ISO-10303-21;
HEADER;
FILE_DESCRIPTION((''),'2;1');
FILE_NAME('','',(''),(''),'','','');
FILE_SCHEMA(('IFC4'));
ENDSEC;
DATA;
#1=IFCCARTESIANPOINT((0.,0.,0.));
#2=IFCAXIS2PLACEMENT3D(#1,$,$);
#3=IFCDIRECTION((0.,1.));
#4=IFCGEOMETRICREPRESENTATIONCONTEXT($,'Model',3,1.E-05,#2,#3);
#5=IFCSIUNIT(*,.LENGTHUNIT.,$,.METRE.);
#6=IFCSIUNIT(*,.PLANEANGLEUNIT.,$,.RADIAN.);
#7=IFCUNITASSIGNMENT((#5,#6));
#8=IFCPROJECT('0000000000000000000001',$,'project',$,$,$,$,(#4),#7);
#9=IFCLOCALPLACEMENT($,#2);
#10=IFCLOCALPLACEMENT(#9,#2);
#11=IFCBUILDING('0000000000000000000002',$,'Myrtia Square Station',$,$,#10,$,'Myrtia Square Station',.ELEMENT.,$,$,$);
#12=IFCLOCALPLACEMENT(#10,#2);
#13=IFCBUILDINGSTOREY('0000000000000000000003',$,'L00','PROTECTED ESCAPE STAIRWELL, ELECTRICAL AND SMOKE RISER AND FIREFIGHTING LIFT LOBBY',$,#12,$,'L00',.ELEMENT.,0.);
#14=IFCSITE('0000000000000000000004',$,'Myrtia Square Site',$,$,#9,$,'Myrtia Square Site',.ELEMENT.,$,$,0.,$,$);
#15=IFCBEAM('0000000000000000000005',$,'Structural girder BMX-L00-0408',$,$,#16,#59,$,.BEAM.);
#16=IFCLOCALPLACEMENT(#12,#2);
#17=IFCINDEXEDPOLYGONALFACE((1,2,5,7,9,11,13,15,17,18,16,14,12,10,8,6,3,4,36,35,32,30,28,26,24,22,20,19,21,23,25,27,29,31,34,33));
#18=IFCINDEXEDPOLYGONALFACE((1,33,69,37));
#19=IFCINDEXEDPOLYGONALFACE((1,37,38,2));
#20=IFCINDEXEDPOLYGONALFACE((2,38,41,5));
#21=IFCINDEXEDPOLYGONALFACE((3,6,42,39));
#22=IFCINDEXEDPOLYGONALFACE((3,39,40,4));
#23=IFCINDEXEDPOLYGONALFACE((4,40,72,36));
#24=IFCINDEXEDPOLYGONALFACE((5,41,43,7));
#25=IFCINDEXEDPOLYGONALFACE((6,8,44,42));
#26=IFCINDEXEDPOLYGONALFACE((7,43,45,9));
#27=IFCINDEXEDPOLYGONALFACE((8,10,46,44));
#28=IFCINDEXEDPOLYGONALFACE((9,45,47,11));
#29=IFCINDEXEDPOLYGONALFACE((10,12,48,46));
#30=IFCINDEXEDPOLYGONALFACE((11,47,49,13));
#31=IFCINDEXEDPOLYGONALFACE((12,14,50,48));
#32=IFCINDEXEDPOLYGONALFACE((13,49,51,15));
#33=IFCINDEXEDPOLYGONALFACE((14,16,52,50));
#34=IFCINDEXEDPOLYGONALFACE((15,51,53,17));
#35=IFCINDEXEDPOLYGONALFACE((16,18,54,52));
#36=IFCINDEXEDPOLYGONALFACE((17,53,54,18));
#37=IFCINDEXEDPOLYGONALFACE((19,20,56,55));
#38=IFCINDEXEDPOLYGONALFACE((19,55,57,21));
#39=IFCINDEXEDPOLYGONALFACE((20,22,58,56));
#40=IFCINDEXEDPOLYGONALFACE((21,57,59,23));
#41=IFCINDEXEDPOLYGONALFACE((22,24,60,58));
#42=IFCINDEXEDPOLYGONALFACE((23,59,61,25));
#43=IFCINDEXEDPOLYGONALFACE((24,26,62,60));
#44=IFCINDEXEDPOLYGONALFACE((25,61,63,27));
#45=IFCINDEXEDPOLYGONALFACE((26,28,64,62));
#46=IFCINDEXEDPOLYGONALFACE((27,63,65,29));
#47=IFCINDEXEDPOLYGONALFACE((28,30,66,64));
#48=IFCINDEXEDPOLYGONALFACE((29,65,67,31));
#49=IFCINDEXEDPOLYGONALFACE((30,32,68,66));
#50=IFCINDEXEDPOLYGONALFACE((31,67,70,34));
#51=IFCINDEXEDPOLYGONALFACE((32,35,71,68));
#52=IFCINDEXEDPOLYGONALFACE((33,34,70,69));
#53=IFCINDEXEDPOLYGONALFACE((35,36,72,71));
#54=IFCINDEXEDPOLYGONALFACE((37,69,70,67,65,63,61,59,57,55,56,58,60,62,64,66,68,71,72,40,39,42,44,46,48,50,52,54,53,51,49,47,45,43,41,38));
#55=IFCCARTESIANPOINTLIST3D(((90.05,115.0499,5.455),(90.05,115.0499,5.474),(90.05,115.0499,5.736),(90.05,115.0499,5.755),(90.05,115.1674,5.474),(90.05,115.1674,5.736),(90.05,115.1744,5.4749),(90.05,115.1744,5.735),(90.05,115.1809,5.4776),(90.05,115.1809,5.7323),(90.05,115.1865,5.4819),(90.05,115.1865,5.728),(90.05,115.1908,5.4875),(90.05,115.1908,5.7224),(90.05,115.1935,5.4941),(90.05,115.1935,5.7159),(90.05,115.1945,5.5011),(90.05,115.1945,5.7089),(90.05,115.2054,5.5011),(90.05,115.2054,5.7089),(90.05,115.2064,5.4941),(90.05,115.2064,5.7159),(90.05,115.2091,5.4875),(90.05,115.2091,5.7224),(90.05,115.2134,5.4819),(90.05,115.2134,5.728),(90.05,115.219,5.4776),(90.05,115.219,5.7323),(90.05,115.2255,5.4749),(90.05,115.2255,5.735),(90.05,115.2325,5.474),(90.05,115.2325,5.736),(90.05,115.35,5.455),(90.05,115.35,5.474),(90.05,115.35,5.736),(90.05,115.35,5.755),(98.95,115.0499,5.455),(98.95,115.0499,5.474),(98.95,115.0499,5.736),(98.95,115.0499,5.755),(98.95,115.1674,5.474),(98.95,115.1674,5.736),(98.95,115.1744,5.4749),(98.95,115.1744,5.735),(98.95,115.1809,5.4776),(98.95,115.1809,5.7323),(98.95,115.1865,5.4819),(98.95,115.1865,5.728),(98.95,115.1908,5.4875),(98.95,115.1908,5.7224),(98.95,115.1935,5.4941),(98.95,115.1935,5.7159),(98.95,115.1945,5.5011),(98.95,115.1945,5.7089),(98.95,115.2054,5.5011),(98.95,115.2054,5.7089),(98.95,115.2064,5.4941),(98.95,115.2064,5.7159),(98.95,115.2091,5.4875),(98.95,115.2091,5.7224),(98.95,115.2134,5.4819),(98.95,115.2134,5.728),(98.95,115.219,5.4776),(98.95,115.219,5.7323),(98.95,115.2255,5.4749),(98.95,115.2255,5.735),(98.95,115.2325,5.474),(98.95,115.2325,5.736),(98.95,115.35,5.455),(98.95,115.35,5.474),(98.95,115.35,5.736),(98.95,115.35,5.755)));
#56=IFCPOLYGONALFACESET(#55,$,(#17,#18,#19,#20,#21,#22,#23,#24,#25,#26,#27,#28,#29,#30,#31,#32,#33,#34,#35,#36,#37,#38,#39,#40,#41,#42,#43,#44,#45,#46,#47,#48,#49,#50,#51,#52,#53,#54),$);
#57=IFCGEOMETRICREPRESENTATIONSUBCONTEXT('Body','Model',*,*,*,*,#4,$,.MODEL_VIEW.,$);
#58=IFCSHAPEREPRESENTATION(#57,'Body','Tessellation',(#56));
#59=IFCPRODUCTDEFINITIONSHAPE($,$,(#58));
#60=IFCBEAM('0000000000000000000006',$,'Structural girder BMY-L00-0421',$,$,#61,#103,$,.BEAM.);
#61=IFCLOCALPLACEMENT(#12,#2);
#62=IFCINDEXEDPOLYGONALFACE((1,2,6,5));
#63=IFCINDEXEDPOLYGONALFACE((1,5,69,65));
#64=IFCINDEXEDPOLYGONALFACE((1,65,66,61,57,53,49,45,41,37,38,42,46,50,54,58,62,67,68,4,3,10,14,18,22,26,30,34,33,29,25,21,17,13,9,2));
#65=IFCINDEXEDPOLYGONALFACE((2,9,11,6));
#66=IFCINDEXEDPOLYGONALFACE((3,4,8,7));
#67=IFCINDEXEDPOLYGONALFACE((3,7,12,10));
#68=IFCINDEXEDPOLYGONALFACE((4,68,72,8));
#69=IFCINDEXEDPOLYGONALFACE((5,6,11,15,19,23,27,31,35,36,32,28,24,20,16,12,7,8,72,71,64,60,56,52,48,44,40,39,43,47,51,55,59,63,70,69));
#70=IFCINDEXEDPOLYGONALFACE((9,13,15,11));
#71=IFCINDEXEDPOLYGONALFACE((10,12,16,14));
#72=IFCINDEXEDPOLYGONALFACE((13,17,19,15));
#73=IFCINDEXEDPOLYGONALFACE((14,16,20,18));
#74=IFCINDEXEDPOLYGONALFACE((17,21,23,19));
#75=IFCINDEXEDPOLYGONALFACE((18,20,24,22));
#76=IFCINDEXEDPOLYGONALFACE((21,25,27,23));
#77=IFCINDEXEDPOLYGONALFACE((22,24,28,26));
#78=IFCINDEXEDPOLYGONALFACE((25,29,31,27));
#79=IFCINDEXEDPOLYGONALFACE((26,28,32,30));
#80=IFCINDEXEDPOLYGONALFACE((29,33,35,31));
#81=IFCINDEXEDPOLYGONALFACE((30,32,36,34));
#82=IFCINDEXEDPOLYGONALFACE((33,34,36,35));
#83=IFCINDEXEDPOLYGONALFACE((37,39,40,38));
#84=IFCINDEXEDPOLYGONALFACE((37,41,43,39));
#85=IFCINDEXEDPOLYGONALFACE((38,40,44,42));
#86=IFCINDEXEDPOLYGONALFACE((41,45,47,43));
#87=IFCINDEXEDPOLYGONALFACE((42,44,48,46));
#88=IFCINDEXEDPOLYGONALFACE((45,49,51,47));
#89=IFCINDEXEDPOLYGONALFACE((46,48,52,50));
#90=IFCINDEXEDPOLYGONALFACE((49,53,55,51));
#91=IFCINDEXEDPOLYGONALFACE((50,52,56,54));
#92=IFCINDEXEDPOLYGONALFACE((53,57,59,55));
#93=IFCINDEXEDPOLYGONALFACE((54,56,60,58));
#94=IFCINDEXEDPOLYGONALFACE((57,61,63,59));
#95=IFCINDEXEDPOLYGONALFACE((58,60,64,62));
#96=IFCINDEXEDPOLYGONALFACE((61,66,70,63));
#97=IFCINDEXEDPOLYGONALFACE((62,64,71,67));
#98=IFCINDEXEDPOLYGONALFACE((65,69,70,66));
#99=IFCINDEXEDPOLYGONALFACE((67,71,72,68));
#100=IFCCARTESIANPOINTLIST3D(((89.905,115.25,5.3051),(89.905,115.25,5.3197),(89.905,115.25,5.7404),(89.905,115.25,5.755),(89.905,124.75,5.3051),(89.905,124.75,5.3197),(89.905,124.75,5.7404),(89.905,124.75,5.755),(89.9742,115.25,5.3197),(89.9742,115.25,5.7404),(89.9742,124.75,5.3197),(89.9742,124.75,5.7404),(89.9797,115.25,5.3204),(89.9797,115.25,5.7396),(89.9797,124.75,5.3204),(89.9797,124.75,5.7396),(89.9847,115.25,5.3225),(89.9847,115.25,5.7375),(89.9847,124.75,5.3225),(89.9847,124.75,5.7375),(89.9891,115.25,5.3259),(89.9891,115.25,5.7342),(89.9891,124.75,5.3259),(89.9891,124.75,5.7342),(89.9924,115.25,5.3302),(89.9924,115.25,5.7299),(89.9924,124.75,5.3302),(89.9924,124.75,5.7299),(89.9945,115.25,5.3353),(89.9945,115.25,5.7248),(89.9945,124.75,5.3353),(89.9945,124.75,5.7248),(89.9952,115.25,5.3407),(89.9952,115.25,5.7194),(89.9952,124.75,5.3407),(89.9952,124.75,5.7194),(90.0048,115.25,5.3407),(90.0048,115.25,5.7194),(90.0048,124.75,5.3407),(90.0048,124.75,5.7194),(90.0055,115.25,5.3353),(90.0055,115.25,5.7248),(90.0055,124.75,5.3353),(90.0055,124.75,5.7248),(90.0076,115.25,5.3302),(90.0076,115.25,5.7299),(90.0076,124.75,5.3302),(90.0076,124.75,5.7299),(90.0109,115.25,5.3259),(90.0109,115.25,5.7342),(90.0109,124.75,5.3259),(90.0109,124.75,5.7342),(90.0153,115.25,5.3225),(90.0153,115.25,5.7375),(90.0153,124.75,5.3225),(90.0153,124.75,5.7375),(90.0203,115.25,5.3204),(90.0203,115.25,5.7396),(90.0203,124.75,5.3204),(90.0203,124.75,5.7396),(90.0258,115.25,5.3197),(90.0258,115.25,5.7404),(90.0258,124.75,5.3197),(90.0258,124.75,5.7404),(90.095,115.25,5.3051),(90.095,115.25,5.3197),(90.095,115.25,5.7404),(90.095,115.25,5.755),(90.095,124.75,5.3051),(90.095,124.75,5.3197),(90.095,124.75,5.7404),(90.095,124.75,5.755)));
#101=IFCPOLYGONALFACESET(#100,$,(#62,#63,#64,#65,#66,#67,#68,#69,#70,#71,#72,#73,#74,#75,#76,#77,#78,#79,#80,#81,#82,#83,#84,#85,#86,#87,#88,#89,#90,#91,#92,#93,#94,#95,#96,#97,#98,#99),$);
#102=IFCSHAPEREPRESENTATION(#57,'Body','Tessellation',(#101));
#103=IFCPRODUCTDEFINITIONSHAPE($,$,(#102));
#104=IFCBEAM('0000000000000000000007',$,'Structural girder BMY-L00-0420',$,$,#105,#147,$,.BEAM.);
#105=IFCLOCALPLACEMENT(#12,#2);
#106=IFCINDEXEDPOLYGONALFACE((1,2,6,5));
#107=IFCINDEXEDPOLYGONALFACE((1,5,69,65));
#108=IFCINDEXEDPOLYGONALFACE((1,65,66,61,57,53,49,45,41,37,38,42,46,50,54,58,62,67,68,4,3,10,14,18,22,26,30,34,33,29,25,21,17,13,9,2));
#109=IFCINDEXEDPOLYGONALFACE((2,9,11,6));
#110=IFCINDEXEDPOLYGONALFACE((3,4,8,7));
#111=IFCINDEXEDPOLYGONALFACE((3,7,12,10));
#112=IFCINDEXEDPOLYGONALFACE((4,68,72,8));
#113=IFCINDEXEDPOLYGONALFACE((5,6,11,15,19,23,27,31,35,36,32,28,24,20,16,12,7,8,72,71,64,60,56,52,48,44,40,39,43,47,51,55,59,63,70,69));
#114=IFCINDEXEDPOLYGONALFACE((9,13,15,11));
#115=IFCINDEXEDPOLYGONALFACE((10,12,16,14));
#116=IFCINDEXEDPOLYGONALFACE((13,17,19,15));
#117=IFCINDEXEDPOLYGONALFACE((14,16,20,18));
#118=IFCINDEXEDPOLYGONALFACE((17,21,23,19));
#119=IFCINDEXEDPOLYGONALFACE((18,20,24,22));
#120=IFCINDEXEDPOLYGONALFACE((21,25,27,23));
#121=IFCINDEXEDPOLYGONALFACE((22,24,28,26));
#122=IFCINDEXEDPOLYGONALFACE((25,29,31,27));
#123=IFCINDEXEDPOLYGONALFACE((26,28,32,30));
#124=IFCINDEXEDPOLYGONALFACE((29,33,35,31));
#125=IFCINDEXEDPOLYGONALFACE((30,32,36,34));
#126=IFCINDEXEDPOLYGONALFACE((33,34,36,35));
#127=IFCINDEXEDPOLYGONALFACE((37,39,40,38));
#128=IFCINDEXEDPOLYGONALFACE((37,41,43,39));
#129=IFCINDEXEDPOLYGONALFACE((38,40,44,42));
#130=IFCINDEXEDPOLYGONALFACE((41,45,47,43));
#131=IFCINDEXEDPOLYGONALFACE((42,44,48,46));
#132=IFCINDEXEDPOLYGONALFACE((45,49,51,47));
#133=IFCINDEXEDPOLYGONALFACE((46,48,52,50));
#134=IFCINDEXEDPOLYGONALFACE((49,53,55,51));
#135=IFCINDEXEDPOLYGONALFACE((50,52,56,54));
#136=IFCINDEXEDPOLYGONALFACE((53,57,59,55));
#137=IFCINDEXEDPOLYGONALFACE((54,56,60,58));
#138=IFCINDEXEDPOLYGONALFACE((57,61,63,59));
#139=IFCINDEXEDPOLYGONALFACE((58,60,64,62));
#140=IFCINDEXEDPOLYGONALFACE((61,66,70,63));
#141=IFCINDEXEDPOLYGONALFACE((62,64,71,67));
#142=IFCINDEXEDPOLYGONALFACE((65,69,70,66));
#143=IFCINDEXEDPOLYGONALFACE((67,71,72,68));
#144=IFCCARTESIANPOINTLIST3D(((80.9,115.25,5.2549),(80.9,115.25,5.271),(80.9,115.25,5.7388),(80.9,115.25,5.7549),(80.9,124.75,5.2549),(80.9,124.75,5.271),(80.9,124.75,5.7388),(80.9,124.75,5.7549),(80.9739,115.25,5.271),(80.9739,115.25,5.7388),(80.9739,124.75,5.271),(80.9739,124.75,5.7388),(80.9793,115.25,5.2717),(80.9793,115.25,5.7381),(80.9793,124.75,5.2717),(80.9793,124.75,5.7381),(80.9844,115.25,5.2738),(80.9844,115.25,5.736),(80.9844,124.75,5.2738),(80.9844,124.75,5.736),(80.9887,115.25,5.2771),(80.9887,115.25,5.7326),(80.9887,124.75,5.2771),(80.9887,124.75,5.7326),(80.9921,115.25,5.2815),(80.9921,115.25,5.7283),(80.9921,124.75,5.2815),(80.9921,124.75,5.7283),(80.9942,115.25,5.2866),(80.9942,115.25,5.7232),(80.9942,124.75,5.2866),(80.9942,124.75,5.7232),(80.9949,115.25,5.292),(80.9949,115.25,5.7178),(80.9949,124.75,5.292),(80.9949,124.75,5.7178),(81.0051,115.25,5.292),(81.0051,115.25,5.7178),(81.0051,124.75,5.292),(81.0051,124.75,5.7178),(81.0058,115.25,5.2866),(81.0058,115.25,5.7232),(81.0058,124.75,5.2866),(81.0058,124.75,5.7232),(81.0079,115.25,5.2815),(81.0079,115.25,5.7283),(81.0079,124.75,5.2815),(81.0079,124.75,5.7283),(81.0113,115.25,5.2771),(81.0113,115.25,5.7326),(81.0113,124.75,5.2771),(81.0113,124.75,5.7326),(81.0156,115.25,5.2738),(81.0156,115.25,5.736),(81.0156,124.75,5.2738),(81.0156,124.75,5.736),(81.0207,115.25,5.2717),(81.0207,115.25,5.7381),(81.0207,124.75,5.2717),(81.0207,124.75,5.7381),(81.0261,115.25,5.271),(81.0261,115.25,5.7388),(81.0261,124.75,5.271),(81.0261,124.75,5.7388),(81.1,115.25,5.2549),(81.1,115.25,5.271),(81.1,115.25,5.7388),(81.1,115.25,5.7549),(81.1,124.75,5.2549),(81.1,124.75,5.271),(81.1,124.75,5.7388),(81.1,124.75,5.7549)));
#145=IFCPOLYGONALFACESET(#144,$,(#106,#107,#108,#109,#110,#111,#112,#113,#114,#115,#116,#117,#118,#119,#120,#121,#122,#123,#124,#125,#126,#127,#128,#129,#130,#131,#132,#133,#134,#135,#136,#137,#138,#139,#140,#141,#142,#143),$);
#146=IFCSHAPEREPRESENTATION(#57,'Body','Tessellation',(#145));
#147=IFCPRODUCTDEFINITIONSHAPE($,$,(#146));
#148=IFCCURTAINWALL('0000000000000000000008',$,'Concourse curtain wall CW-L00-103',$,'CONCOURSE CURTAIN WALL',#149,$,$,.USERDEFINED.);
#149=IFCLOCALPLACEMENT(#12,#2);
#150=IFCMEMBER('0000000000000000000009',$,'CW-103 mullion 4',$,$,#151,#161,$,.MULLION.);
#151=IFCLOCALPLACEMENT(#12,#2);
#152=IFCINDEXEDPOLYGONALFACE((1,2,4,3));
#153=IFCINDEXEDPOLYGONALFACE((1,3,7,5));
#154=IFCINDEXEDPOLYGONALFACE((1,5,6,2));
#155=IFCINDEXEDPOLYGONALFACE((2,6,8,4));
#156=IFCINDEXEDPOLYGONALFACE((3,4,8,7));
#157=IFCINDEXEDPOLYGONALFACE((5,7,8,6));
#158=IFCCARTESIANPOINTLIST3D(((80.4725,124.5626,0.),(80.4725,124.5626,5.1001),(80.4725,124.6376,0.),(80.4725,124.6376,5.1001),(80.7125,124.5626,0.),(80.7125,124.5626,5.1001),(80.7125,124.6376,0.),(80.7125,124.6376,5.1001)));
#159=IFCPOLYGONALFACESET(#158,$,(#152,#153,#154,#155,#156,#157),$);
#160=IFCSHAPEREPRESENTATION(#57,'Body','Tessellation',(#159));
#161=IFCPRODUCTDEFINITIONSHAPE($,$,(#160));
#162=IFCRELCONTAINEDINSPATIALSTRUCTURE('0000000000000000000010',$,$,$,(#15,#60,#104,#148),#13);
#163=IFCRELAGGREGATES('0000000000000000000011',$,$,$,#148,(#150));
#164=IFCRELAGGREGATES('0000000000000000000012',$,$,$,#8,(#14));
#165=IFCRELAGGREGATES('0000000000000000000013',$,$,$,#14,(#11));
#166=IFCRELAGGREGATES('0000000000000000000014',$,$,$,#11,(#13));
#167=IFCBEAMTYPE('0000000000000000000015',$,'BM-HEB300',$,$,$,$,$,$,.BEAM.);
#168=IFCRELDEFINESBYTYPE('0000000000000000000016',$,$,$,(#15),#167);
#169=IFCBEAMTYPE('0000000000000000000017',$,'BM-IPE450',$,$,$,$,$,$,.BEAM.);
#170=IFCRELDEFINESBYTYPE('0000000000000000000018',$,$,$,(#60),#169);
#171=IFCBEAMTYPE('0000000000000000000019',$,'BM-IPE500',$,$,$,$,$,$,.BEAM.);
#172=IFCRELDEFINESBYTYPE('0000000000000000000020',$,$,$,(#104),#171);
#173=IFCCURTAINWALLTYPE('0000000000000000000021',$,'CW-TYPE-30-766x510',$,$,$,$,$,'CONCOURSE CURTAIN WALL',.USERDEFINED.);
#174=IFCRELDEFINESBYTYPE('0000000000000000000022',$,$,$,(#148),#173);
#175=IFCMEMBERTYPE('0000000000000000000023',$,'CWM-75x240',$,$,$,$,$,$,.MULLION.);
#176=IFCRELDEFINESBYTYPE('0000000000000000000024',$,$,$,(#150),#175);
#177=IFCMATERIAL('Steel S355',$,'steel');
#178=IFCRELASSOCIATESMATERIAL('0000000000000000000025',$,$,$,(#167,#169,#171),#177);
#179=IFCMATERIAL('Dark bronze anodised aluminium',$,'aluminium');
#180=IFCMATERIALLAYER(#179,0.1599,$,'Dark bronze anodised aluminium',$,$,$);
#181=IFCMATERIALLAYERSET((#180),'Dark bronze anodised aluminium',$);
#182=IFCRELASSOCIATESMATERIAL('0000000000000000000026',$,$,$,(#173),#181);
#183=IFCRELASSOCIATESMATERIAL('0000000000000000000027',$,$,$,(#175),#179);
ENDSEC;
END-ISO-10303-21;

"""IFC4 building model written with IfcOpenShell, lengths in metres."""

from ifc_helpers import new_model, si_unit, direction, frame, origin, origin_2d, place, context, subcontext, project, spatial, rectangle, i_section, extrude, material, layer, layer_set, material_profile, profile_set, type_object, element, aggregate, save


model = new_model("IFC4")

# Units and contexts
model_context = context("Model", 3, precision=1e-05, world=origin(), true_north=direction((0.0, 1.0)))
body_context = subcontext(model_context, "Body", "Model", "MODEL_VIEW")
ifc_project = project(units=[si_unit("LENGTHUNIT", "METRE"), si_unit("PLANEANGLEUNIT", "RADIAN")], contexts=[model_context])

# Site, building, storey
site_placement = place(None, origin())
site = spatial("IfcSite", under=ifc_project, at=site_placement, Name="Myrtia Square Site", LongName="Myrtia Square Site", CompositionType="ELEMENT", RefElevation=0.0)
building_placement = place(site_placement, origin())
building = spatial("IfcBuilding", under=site, at=building_placement, Name="Myrtia Square Station", LongName="Myrtia Square Station", CompositionType="ELEMENT")
storey_placement = place(building_placement, origin())
storey = spatial("IfcBuildingStorey", under=building, at=storey_placement, Name="L00", Description="PROTECTED ESCAPE STAIRWELL, ELECTRICAL AND SMOKE RISER AND FIREFIGHTING LIFT LOBBY", LongName="L00", CompositionType="ELEMENT", Elevation=0.0)

# Shared definitions
ifc_material_1 = material(Name="Steel S355", Category="steel")

# Beams
ifc_material_profile_1 = material_profile(ifc_material_1, i_section(OverallWidth=0.3, OverallDepth=0.3, WebThickness=0.011, FlangeThickness=0.019, FilletRadius=0.0271, at=origin_2d()), Name="HEB 300")
ifc_profile_set_1 = profile_set([ifc_material_profile_1], Name="Steel S355")
beam_type_1 = type_object("IfcBeamType", Name="BM-HEB300", PredefinedType="BEAM", material=ifc_profile_set_1)
for number, where, z_axis, x_axis, name in (
    (1, (90.05, 115.2, 5.605), (1.0, 0.0, 0.0), (0.0, 1.0, 0.0), "Structural girder BMX-L00-0408"),
):
    element("IfcBeam", number, at=place(storey_placement, frame(where, z_axis=z_axis, x_axis=x_axis)), inside=storey, type_object=beam_type_1, Name=name, PredefinedType="BEAM", context=body_context, shape_type="SweptSolid", body=[
        extrude(i_section(OverallWidth=0.3, OverallDepth=0.3, WebThickness=0.011, FlangeThickness=0.019, FilletRadius=0.0271, at=origin_2d()), origin(), (0.0, 0.0, 1.0), 8.8999),
    ])
ifc_material_profile_2 = material_profile(ifc_material_1, i_section(OverallWidth=0.1899, OverallDepth=0.45, WebThickness=0.0095, FlangeThickness=0.0146, FilletRadius=0.021, at=origin_2d()), Name="IPE 450")
ifc_profile_set_2 = profile_set([ifc_material_profile_2], Name="Steel S355")
beam_type_2 = type_object("IfcBeamType", Name="BM-IPE450", PredefinedType="BEAM", material=ifc_profile_set_2)
beam_1_placement = place(storey_placement, frame((90.0, 115.25, 5.53), z_axis=(0.0, 1.0, 0.0), x_axis=(-1.0, 0.0, 0.0)))
element("IfcBeam", 2, at=beam_1_placement, inside=storey, type_object=beam_type_2, Name="Structural girder BMY-L00-0421", PredefinedType="BEAM", context=body_context, shape_type="SweptSolid", body=[
    extrude(i_section(OverallWidth=0.1899, OverallDepth=0.45, WebThickness=0.0095, FlangeThickness=0.0146, FilletRadius=0.021, at=origin_2d()), origin(), (0.0, 0.0, 1.0), 9.5),
])
ifc_material_profile_3 = material_profile(ifc_material_1, i_section(OverallWidth=0.2, OverallDepth=0.5, WebThickness=0.0103, FlangeThickness=0.0161, FilletRadius=0.021, at=origin_2d()), Name="IPE 500")
ifc_profile_set_3 = profile_set([ifc_material_profile_3], Name="Steel S355")
beam_type_3 = type_object("IfcBeamType", Name="BM-IPE500", PredefinedType="BEAM", material=ifc_profile_set_3)
beam_2_placement = place(storey_placement, frame((81.0, 115.25, 5.5049), z_axis=(0.0, 1.0, 0.0), x_axis=(-1.0, 0.0, 0.0)))
element("IfcBeam", 3, at=beam_2_placement, inside=storey, type_object=beam_type_3, Name="Structural girder BMY-L00-0420", PredefinedType="BEAM", context=body_context, shape_type="SweptSolid", body=[
    extrude(i_section(OverallWidth=0.2, OverallDepth=0.5, WebThickness=0.0103, FlangeThickness=0.0161, FilletRadius=0.021, at=origin_2d()), origin(), (0.0, 0.0, 1.0), 9.5),
])

# Curtain wall, member
ifc_material_2 = material(Name="Dark bronze anodised aluminium", Category="aluminium")
ifc_layer_1 = layer(ifc_material_2, 0.1599, Name="Dark bronze anodised aluminium")
ifc_layer_set_1 = layer_set([ifc_layer_1], Name="Dark bronze anodised aluminium")
curtain_wall_type = type_object("IfcCurtainWallType", Name="CW-TYPE-30-766x510", ElementType="CONCOURSE CURTAIN WALL", PredefinedType="USERDEFINED", material=ifc_layer_set_1)
curtain_wall_placement = place(storey_placement, origin())
curtain_wall = element("IfcCurtainWall", 4, at=curtain_wall_placement, inside=storey, type_object=curtain_wall_type, Name="Concourse curtain wall CW-L00-103", ObjectType="CONCOURSE CURTAIN WALL", PredefinedType="USERDEFINED")
ifc_material_profile_4 = material_profile(ifc_material_2, rectangle(XDim=0.075, YDim=0.24, at=origin_2d()), Name="ALU-M 75x240")
ifc_profile_set_4 = profile_set([ifc_material_profile_4], Name="Dark bronze anodised aluminium")
member_type = type_object("IfcMemberType", Name="CWM-75x240", PredefinedType="MULLION", material=ifc_profile_set_4)
member_placement = place(storey_placement, frame((80.5925, 124.6001, 0.0), z_axis=(0.0, 0.0, 1.0), x_axis=(0.0, 1.0, 0.0)))
member = element("IfcMember", 5, at=member_placement, type_object=member_type, Name="CW-103 mullion 4", PredefinedType="MULLION", context=body_context, shape_type="SweptSolid", body=[
    extrude(rectangle(XDim=0.075, YDim=0.24, at=origin_2d()), origin(), (0.0, 0.0, 1.0), 5.1001),
])
aggregate(curtain_wall, [member])

save(model, "model.ifc")
